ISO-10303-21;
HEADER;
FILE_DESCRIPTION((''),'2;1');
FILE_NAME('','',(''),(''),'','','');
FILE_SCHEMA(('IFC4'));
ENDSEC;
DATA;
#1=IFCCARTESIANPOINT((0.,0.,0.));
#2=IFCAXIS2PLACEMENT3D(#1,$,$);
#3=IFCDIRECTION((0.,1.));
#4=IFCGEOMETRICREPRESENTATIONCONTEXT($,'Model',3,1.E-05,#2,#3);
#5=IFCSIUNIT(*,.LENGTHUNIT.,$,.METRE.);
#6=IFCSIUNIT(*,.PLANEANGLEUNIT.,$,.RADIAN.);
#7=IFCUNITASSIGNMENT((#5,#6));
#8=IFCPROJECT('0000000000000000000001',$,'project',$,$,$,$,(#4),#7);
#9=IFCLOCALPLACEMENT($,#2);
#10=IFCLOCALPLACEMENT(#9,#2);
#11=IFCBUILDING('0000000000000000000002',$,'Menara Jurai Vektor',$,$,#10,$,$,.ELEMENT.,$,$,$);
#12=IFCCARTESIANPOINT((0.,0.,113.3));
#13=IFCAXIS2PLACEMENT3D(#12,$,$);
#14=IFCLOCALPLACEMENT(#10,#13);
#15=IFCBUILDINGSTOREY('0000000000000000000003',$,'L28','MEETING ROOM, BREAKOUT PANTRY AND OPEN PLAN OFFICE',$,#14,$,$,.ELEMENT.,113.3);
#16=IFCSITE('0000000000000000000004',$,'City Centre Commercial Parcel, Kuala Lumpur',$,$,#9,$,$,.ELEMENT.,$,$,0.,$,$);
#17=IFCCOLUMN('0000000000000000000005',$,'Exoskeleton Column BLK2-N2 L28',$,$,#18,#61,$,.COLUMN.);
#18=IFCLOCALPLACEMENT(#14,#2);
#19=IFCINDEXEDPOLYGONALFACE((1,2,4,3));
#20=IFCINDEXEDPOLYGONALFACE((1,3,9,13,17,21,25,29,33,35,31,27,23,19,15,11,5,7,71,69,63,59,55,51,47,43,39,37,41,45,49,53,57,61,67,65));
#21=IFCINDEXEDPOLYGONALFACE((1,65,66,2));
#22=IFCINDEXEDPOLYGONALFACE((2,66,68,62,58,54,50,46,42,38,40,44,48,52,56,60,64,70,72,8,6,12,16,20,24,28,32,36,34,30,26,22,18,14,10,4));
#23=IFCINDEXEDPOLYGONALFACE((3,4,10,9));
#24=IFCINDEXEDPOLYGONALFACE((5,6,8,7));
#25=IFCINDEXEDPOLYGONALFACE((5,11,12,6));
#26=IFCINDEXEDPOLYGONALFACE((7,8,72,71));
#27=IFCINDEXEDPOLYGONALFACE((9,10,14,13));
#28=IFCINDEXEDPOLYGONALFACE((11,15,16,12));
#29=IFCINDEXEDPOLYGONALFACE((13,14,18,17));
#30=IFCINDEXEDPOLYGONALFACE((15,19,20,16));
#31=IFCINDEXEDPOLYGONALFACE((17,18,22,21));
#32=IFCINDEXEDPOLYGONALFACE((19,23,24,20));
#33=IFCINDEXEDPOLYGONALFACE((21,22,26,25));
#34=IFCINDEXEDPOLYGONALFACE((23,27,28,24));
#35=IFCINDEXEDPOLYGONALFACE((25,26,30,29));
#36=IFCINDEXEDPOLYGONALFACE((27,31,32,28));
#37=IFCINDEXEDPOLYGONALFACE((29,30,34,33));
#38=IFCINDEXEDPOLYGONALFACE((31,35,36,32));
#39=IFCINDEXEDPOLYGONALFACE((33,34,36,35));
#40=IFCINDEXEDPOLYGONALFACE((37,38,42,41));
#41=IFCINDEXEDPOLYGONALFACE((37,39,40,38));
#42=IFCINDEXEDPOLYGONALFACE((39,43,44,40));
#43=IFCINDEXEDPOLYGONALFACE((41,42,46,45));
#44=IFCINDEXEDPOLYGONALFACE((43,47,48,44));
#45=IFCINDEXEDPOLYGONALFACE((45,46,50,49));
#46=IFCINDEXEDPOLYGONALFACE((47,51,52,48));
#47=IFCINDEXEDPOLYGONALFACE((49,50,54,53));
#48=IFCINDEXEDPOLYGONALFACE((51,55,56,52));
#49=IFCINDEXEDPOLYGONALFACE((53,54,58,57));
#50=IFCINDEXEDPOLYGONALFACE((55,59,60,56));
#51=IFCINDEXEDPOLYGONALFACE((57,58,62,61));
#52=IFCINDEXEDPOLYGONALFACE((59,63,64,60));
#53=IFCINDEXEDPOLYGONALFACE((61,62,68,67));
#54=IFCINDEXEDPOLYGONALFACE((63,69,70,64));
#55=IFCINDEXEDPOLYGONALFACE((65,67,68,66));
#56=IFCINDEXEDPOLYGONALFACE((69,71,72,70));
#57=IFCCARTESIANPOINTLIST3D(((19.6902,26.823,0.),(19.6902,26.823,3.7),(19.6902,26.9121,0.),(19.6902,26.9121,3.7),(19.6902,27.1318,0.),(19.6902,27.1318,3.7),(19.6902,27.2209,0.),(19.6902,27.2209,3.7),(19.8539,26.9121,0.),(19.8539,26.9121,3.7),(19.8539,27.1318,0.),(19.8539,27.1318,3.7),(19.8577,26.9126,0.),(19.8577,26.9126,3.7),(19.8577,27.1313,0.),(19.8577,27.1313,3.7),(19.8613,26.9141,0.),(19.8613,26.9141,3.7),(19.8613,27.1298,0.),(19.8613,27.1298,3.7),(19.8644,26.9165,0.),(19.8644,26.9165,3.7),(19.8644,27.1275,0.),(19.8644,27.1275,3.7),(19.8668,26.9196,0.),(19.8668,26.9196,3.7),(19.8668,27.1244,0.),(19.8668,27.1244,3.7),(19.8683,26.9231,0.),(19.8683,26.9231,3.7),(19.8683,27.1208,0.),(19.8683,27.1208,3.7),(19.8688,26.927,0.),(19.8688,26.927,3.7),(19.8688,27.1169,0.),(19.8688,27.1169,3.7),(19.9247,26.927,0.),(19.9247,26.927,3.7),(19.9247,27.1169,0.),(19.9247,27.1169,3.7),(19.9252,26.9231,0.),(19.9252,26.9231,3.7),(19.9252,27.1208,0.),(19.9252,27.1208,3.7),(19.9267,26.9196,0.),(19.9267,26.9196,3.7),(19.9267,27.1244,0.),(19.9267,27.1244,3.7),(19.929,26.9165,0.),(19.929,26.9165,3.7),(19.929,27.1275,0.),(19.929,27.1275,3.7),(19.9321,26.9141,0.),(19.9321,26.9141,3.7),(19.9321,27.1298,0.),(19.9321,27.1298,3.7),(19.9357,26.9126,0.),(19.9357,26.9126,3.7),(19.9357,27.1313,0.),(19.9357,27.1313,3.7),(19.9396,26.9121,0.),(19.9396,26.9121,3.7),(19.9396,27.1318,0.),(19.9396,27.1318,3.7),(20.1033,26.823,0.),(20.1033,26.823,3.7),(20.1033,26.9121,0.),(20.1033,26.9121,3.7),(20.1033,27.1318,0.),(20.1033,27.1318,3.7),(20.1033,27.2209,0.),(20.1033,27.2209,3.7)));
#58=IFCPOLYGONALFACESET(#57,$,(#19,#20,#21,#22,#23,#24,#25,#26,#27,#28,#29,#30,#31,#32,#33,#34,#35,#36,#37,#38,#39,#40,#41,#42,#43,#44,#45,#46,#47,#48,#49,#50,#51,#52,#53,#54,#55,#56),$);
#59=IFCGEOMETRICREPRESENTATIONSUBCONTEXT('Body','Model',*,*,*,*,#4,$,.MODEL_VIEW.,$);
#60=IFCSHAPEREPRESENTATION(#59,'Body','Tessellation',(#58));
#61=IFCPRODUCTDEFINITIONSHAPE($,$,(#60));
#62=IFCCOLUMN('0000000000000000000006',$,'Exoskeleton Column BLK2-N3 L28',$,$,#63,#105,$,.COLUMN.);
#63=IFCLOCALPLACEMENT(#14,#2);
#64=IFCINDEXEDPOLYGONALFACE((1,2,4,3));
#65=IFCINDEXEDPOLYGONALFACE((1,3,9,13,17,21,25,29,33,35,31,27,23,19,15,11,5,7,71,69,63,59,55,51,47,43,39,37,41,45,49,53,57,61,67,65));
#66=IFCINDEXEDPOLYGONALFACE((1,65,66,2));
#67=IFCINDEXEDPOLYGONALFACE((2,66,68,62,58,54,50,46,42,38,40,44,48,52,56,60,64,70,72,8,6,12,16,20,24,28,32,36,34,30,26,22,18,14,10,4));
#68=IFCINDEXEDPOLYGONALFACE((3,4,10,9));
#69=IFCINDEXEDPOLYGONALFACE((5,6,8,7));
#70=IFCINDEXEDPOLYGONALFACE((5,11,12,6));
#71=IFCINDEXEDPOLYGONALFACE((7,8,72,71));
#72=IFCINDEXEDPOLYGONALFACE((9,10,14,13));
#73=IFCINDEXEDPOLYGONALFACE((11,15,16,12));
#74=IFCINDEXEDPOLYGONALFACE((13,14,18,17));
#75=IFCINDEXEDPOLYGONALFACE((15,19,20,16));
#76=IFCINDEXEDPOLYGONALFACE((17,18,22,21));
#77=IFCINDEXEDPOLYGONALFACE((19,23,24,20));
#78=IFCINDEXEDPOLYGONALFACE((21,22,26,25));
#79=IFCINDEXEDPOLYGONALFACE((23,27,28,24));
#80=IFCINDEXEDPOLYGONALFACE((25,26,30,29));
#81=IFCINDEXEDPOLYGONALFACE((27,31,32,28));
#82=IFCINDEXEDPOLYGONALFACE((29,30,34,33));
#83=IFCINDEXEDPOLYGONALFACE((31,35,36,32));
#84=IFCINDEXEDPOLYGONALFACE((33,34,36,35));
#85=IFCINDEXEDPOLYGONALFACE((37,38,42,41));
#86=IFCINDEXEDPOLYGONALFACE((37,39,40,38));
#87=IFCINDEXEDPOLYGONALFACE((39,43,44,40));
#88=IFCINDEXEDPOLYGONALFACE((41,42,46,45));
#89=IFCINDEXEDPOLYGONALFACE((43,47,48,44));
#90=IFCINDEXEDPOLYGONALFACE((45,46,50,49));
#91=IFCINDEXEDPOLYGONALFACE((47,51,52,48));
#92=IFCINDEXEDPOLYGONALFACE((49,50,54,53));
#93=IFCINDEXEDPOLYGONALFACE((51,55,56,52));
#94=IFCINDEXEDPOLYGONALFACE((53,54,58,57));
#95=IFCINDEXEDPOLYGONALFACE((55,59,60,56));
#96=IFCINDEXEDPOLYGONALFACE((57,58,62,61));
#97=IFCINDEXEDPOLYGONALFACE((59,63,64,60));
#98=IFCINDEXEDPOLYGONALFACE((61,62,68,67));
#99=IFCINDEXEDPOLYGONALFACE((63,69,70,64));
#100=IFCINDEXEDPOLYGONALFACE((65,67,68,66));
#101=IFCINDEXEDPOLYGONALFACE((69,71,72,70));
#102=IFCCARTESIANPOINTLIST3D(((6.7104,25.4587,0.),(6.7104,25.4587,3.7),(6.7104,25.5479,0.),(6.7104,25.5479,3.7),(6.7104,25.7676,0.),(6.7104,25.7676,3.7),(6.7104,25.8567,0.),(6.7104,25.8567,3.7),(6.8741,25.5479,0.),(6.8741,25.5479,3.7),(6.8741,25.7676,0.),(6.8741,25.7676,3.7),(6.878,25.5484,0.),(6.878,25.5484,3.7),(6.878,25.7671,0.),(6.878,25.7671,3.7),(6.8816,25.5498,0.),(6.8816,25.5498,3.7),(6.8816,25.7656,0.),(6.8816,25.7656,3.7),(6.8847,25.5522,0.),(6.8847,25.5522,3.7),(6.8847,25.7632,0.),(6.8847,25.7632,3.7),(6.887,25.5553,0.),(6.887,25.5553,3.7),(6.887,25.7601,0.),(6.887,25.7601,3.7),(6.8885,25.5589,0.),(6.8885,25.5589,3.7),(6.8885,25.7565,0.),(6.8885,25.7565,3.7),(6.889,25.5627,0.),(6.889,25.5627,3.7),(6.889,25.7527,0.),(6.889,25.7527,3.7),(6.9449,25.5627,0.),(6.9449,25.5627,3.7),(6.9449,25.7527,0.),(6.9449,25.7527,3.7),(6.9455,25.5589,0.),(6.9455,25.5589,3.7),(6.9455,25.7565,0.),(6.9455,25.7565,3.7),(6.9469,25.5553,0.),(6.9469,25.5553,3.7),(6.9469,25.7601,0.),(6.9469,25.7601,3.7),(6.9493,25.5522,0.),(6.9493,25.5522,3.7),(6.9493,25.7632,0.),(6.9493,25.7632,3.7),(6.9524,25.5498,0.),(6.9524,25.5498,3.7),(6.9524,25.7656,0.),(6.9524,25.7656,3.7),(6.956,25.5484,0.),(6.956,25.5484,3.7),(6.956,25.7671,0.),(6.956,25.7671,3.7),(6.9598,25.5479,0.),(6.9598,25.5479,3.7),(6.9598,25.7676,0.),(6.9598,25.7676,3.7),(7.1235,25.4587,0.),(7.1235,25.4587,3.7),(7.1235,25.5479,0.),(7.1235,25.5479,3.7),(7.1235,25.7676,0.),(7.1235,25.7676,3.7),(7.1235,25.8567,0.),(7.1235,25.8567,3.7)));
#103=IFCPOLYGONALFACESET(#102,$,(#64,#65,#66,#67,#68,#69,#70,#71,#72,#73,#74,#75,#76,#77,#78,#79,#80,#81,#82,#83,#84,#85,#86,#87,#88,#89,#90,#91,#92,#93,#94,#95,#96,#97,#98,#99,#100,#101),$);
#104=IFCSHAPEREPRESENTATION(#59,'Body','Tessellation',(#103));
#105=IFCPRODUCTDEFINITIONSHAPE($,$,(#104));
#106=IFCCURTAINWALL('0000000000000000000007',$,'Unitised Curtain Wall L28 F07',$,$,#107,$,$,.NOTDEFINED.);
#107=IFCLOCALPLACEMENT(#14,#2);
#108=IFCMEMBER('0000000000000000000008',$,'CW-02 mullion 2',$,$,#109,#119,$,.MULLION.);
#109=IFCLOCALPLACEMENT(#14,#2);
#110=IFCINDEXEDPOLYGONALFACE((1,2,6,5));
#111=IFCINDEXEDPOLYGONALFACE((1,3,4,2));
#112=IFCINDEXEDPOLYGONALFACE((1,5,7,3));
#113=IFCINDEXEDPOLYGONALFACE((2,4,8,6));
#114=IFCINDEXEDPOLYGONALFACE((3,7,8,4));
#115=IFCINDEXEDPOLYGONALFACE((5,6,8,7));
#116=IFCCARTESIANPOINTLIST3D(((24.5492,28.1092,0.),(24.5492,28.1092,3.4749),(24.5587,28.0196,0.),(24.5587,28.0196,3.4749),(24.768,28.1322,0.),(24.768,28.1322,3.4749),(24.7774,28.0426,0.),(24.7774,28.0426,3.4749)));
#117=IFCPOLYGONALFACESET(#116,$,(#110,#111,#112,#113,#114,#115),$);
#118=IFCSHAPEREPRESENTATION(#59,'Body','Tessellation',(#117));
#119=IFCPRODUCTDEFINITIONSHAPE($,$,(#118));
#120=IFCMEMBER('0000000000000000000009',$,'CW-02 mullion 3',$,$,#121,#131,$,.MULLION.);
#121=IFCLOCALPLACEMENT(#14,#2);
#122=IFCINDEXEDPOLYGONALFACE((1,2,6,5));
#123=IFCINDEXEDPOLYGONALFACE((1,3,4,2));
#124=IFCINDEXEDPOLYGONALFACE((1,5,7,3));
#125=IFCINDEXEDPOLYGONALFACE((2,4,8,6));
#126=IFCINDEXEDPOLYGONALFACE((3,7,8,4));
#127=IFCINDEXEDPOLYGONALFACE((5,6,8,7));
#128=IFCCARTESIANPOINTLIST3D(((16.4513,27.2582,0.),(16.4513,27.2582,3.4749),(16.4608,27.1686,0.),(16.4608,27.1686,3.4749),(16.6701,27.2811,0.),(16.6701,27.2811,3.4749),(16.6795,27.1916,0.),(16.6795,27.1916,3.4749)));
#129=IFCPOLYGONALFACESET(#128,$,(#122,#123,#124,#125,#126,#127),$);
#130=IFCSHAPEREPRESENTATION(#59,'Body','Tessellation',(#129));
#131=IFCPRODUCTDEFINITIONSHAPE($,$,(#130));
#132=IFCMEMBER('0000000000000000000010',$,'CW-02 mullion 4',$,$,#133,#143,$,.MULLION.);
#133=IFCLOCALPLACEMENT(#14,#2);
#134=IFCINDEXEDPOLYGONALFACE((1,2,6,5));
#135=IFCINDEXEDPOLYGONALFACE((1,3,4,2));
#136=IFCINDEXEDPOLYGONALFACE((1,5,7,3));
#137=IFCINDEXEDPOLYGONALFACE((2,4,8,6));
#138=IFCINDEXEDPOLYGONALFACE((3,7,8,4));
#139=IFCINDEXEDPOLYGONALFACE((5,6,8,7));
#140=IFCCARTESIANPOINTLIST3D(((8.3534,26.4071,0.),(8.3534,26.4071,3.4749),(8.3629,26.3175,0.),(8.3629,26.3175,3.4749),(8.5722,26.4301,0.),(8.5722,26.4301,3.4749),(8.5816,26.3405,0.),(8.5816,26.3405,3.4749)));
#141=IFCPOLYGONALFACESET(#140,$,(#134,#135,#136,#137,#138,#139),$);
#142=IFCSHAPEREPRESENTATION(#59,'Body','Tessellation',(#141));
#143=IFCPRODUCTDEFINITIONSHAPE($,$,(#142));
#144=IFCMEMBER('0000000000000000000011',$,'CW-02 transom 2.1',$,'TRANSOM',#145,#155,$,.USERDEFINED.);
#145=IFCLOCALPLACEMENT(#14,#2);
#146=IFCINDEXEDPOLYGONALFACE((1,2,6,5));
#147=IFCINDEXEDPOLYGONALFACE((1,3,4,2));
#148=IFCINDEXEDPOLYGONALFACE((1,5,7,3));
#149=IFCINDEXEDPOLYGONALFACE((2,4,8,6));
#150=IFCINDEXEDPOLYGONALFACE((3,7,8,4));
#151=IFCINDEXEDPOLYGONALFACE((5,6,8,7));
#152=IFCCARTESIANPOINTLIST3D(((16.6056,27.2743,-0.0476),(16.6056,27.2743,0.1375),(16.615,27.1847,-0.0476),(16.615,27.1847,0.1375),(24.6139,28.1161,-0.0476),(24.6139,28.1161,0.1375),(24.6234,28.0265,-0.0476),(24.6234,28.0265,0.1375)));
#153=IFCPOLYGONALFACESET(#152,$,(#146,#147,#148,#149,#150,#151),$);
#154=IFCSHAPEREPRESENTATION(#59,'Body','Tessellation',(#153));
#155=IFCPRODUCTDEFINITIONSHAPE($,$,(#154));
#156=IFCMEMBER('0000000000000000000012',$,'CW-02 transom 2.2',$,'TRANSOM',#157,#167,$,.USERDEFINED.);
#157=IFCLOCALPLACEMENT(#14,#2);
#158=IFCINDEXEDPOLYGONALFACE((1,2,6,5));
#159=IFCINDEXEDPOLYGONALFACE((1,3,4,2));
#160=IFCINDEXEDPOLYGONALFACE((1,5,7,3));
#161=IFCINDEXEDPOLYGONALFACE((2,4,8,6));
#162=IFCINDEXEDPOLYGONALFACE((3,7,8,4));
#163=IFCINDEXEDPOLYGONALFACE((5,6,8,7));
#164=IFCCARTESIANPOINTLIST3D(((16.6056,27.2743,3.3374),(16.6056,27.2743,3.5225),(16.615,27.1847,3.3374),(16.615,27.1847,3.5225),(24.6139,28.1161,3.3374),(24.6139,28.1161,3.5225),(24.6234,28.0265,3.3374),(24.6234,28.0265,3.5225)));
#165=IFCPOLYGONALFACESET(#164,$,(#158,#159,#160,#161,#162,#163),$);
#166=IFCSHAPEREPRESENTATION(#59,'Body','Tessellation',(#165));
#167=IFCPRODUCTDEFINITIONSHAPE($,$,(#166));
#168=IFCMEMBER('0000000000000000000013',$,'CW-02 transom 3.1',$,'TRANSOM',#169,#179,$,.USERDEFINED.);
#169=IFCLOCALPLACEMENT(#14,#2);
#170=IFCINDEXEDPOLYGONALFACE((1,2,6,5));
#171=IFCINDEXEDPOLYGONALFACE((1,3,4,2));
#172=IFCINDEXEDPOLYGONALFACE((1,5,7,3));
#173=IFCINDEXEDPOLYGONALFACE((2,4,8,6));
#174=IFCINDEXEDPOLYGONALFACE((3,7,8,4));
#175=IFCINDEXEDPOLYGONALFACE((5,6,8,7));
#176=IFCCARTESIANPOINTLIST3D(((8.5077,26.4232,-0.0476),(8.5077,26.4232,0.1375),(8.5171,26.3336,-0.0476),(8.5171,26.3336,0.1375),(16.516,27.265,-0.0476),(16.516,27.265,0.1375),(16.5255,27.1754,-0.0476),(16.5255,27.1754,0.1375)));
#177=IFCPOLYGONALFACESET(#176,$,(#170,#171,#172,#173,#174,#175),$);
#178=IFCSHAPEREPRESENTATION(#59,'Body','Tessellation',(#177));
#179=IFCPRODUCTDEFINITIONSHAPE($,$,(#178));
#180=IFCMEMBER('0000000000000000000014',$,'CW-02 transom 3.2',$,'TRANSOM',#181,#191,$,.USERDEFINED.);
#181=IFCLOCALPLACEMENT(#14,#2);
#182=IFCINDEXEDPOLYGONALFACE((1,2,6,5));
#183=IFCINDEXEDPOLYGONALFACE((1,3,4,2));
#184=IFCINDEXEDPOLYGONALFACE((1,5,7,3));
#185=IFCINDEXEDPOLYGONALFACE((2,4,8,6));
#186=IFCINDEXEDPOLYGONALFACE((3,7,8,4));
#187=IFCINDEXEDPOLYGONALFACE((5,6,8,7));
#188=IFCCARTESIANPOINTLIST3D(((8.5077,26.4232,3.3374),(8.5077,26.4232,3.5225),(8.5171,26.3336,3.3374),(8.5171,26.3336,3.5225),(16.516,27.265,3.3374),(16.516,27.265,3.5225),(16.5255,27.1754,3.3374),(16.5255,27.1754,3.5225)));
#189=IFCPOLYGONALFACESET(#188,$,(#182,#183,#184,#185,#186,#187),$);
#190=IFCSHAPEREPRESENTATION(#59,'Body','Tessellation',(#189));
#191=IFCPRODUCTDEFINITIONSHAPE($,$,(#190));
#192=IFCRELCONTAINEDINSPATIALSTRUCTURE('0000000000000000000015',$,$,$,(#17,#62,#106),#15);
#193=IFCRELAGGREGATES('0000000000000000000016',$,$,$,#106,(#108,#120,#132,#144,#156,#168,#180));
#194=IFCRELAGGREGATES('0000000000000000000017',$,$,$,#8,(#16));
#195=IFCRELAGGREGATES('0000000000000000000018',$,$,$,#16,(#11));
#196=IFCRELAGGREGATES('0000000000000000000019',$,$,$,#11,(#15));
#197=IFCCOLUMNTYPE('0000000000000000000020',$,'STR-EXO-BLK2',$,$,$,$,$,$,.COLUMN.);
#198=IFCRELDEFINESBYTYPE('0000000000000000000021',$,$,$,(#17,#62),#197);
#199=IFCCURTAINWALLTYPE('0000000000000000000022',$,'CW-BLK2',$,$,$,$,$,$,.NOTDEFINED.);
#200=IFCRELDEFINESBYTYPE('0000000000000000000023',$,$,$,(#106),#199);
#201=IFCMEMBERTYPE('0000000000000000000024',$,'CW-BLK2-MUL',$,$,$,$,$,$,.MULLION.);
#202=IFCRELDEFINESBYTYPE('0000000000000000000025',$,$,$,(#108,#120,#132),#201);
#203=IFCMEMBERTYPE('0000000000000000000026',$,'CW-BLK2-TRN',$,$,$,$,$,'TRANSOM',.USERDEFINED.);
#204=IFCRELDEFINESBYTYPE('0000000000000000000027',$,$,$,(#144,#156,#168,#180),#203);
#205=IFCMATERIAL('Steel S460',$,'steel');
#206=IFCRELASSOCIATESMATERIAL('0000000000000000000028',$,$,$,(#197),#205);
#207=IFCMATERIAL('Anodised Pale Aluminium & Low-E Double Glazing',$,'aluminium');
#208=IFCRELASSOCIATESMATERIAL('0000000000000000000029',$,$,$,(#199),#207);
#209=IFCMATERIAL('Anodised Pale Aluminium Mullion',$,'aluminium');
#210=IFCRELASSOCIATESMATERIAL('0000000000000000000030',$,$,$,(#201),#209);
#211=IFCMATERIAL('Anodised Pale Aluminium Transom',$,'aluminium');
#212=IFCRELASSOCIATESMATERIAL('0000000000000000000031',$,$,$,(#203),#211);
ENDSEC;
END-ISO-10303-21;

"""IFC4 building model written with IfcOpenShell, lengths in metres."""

from ifc_helpers import new_model, si_unit, direction, frame, origin, origin_2d, place, context, subcontext, project, spatial, rectangle, i_section, extrude, material, material_profile, profile_set, type_object, element, aggregate, save


model = new_model("IFC4")

# Units and contexts
model_context = context("Model", 3, precision=1e-05, world=origin(), true_north=direction((0.0, 1.0)))
body_context = subcontext(model_context, "Body", "Model", "MODEL_VIEW")
ifc_project = project(units=[si_unit("LENGTHUNIT", "METRE"), si_unit("PLANEANGLEUNIT", "RADIAN")], contexts=[model_context])

# Site, building, storey
site_placement = place(None, origin())
site = spatial("IfcSite", under=ifc_project, at=site_placement, Name="City Centre Commercial Parcel, Kuala Lumpur", CompositionType="ELEMENT", RefElevation=0.0)
building_placement = place(site_placement, origin())
building = spatial("IfcBuilding", under=site, at=building_placement, Name="Menara Jurai Vektor", CompositionType="ELEMENT")
storey_placement = place(building_placement, frame((0.0, 0.0, 113.3)))
storey = spatial("IfcBuildingStorey", under=building, at=storey_placement, Name="L28", Description="MEETING ROOM, BREAKOUT PANTRY AND OPEN PLAN OFFICE", CompositionType="ELEMENT", Elevation=113.3)

# Columns
ifc_material_1 = material(Name="Steel S460", Category="steel")
ifc_material_profile_1 = material_profile(ifc_material_1, i_section(OverallWidth=0.4131, OverallDepth=0.3979, WebThickness=0.0559, FlangeThickness=0.0891, FilletRadius=0.0149, at=origin_2d()), Name="HD 400x744")
ifc_profile_set_1 = profile_set([ifc_material_profile_1], Name="Steel S460")
column_type = type_object("IfcColumnType", Name="STR-EXO-BLK2", PredefinedType="COLUMN", material=ifc_profile_set_1)
for number, where, z_axis, x_axis, name in (
    (1, (19.8967, 27.022, 0.0), (0.0, 0.0, 1.0), (1.0, 0.0, 0.0), "Exoskeleton Column BLK2-N2 L28"),
    (2, (6.917, 25.6577, 0.0), (0.0, 0.0, 1.0), (1.0, 0.0, 0.0), "Exoskeleton Column BLK2-N3 L28"),
):
    element("IfcColumn", number, at=place(storey_placement, frame(where, z_axis=z_axis, x_axis=x_axis)), inside=storey, type_object=column_type, Name=name, PredefinedType="COLUMN", context=body_context, shape_type="SweptSolid", body=[
        extrude(i_section(OverallWidth=0.4131, OverallDepth=0.3979, WebThickness=0.0559, FlangeThickness=0.0891, FilletRadius=0.0149, at=origin_2d()), origin(), (0.0, 0.0, 1.0), 3.7),
    ])

# Curtain wall, members
ifc_material_2 = material(Name="Anodised Pale Aluminium & Low-E Double Glazing", Category="aluminium")
curtain_wall_type = type_object("IfcCurtainWallType", Name="CW-BLK2", PredefinedType="NOTDEFINED", material=ifc_material_2)
curtain_wall_placement = place(storey_placement, origin())
curtain_wall = element("IfcCurtainWall", 3, at=curtain_wall_placement, inside=storey, type_object=curtain_wall_type, Name="Unitised Curtain Wall L28 F07", PredefinedType="NOTDEFINED")
ifc_material_3 = material(Name="Anodised Pale Aluminium Mullion", Category="aluminium")
ifc_material_profile_2 = material_profile(ifc_material_3, rectangle(XDim=0.0901, YDim=0.22, at=origin_2d()), Name="ALU MUL 90x220")
ifc_profile_set_2 = profile_set([ifc_material_profile_2], Name="Anodised Pale Aluminium Mullion")
member_type_1 = type_object("IfcMemberType", Name="CW-BLK2-MUL", PredefinedType="MULLION", material=ifc_profile_set_2)
member_1_placement = place(storey_placement, frame((24.6633, 28.0759, 0.0), z_axis=(0.0, 0.0, 1.0), x_axis=(0.104529, -0.994522, 0.0)))
member_1 = element("IfcMember", 4, at=member_1_placement, type_object=member_type_1, Name="CW-02 mullion 2", PredefinedType="MULLION", context=body_context, shape_type="SweptSolid", body=[
    extrude(rectangle(XDim=0.0901, YDim=0.22, at=origin_2d()), origin(), (0.0, 0.0, 1.0), 3.4749),
])
member_2_placement = place(storey_placement, frame((16.5654, 27.2249, 0.0), z_axis=(0.0, 0.0, 1.0), x_axis=(0.104529, -0.994522, 0.0)))
member_2 = element("IfcMember", 5, at=member_2_placement, type_object=member_type_1, Name="CW-02 mullion 3", PredefinedType="MULLION", context=body_context, shape_type="SweptSolid", body=[
    extrude(rectangle(XDim=0.0901, YDim=0.22, at=origin_2d()), origin(), (0.0, 0.0, 1.0), 3.4749),
])
member_3_placement = place(storey_placement, frame((8.4675, 26.3738, 0.0), z_axis=(0.0, 0.0, 1.0), x_axis=(0.104529, -0.994522, 0.0)))
member_3 = element("IfcMember", 6, at=member_3_placement, type_object=member_type_1, Name="CW-02 mullion 4", PredefinedType="MULLION", context=body_context, shape_type="SweptSolid", body=[
    extrude(rectangle(XDim=0.0901, YDim=0.22, at=origin_2d()), origin(), (0.0, 0.0, 1.0), 3.4749),
])
ifc_material_4 = material(Name="Anodised Pale Aluminium Transom", Category="aluminium")
ifc_material_profile_3 = material_profile(ifc_material_4, rectangle(XDim=0.0901, YDim=0.1851, at=origin_2d()), Name="ALU TRN 90x185")
ifc_profile_set_3 = profile_set([ifc_material_profile_3], Name="Anodised Pale Aluminium Transom")
member_type_2 = type_object("IfcMemberType", Name="CW-BLK2-TRN", ElementType="TRANSOM", PredefinedType="USERDEFINED", material=ifc_profile_set_3)
member_4_placement = place(storey_placement, frame((24.6187, 28.0713, 0.0449), z_axis=(-0.994521, -0.10454, 0.0), x_axis=(0.10454, -0.994521, 0.0)))
member_4 = element("IfcMember", 7, at=member_4_placement, type_object=member_type_2, Name="CW-02 transom 2.1", ObjectType="TRANSOM", PredefinedType="USERDEFINED", context=body_context, shape_type="SweptSolid", body=[
    extrude(rectangle(XDim=0.0901, YDim=0.1851, at=origin_2d()), origin(), (0.0, 0.0, 1.0), 8.0525),
])
member_5_placement = place(storey_placement, frame((24.6187, 28.0713, 3.4299), z_axis=(-0.994521, -0.10454, 0.0), x_axis=(0.10454, -0.994521, 0.0)))
member_5 = element("IfcMember", 8, at=member_5_placement, type_object=member_type_2, Name="CW-02 transom 2.2", ObjectType="TRANSOM", PredefinedType="USERDEFINED", context=body_context, shape_type="SweptSolid", body=[
    extrude(rectangle(XDim=0.0901, YDim=0.1851, at=origin_2d()), origin(), (0.0, 0.0, 1.0), 8.0525),
])
member_6_placement = place(storey_placement, frame((16.5208, 27.2202, 0.0449), z_axis=(-0.994521, -0.10454, 0.0), x_axis=(0.10454, -0.994521, 0.0)))
member_6 = element("IfcMember", 9, at=member_6_placement, type_object=member_type_2, Name="CW-02 transom 3.1", ObjectType="TRANSOM", PredefinedType="USERDEFINED", context=body_context, shape_type="SweptSolid", body=[
    extrude(rectangle(XDim=0.0901, YDim=0.1851, at=origin_2d()), origin(), (0.0, 0.0, 1.0), 8.0525),
])
member_7_placement = place(storey_placement, frame((16.5208, 27.2202, 3.4299), z_axis=(-0.994521, -0.10454, 0.0), x_axis=(0.10454, -0.994521, 0.0)))
member_7 = element("IfcMember", 10, at=member_7_placement, type_object=member_type_2, Name="CW-02 transom 3.2", ObjectType="TRANSOM", PredefinedType="USERDEFINED", context=body_context, shape_type="SweptSolid", body=[
    extrude(rectangle(XDim=0.0901, YDim=0.1851, at=origin_2d()), origin(), (0.0, 0.0, 1.0), 8.0525),
])

aggregate(curtain_wall, [member_1, member_2, member_3, member_4, member_5, member_6, member_7])

save(model, "model.ifc")
